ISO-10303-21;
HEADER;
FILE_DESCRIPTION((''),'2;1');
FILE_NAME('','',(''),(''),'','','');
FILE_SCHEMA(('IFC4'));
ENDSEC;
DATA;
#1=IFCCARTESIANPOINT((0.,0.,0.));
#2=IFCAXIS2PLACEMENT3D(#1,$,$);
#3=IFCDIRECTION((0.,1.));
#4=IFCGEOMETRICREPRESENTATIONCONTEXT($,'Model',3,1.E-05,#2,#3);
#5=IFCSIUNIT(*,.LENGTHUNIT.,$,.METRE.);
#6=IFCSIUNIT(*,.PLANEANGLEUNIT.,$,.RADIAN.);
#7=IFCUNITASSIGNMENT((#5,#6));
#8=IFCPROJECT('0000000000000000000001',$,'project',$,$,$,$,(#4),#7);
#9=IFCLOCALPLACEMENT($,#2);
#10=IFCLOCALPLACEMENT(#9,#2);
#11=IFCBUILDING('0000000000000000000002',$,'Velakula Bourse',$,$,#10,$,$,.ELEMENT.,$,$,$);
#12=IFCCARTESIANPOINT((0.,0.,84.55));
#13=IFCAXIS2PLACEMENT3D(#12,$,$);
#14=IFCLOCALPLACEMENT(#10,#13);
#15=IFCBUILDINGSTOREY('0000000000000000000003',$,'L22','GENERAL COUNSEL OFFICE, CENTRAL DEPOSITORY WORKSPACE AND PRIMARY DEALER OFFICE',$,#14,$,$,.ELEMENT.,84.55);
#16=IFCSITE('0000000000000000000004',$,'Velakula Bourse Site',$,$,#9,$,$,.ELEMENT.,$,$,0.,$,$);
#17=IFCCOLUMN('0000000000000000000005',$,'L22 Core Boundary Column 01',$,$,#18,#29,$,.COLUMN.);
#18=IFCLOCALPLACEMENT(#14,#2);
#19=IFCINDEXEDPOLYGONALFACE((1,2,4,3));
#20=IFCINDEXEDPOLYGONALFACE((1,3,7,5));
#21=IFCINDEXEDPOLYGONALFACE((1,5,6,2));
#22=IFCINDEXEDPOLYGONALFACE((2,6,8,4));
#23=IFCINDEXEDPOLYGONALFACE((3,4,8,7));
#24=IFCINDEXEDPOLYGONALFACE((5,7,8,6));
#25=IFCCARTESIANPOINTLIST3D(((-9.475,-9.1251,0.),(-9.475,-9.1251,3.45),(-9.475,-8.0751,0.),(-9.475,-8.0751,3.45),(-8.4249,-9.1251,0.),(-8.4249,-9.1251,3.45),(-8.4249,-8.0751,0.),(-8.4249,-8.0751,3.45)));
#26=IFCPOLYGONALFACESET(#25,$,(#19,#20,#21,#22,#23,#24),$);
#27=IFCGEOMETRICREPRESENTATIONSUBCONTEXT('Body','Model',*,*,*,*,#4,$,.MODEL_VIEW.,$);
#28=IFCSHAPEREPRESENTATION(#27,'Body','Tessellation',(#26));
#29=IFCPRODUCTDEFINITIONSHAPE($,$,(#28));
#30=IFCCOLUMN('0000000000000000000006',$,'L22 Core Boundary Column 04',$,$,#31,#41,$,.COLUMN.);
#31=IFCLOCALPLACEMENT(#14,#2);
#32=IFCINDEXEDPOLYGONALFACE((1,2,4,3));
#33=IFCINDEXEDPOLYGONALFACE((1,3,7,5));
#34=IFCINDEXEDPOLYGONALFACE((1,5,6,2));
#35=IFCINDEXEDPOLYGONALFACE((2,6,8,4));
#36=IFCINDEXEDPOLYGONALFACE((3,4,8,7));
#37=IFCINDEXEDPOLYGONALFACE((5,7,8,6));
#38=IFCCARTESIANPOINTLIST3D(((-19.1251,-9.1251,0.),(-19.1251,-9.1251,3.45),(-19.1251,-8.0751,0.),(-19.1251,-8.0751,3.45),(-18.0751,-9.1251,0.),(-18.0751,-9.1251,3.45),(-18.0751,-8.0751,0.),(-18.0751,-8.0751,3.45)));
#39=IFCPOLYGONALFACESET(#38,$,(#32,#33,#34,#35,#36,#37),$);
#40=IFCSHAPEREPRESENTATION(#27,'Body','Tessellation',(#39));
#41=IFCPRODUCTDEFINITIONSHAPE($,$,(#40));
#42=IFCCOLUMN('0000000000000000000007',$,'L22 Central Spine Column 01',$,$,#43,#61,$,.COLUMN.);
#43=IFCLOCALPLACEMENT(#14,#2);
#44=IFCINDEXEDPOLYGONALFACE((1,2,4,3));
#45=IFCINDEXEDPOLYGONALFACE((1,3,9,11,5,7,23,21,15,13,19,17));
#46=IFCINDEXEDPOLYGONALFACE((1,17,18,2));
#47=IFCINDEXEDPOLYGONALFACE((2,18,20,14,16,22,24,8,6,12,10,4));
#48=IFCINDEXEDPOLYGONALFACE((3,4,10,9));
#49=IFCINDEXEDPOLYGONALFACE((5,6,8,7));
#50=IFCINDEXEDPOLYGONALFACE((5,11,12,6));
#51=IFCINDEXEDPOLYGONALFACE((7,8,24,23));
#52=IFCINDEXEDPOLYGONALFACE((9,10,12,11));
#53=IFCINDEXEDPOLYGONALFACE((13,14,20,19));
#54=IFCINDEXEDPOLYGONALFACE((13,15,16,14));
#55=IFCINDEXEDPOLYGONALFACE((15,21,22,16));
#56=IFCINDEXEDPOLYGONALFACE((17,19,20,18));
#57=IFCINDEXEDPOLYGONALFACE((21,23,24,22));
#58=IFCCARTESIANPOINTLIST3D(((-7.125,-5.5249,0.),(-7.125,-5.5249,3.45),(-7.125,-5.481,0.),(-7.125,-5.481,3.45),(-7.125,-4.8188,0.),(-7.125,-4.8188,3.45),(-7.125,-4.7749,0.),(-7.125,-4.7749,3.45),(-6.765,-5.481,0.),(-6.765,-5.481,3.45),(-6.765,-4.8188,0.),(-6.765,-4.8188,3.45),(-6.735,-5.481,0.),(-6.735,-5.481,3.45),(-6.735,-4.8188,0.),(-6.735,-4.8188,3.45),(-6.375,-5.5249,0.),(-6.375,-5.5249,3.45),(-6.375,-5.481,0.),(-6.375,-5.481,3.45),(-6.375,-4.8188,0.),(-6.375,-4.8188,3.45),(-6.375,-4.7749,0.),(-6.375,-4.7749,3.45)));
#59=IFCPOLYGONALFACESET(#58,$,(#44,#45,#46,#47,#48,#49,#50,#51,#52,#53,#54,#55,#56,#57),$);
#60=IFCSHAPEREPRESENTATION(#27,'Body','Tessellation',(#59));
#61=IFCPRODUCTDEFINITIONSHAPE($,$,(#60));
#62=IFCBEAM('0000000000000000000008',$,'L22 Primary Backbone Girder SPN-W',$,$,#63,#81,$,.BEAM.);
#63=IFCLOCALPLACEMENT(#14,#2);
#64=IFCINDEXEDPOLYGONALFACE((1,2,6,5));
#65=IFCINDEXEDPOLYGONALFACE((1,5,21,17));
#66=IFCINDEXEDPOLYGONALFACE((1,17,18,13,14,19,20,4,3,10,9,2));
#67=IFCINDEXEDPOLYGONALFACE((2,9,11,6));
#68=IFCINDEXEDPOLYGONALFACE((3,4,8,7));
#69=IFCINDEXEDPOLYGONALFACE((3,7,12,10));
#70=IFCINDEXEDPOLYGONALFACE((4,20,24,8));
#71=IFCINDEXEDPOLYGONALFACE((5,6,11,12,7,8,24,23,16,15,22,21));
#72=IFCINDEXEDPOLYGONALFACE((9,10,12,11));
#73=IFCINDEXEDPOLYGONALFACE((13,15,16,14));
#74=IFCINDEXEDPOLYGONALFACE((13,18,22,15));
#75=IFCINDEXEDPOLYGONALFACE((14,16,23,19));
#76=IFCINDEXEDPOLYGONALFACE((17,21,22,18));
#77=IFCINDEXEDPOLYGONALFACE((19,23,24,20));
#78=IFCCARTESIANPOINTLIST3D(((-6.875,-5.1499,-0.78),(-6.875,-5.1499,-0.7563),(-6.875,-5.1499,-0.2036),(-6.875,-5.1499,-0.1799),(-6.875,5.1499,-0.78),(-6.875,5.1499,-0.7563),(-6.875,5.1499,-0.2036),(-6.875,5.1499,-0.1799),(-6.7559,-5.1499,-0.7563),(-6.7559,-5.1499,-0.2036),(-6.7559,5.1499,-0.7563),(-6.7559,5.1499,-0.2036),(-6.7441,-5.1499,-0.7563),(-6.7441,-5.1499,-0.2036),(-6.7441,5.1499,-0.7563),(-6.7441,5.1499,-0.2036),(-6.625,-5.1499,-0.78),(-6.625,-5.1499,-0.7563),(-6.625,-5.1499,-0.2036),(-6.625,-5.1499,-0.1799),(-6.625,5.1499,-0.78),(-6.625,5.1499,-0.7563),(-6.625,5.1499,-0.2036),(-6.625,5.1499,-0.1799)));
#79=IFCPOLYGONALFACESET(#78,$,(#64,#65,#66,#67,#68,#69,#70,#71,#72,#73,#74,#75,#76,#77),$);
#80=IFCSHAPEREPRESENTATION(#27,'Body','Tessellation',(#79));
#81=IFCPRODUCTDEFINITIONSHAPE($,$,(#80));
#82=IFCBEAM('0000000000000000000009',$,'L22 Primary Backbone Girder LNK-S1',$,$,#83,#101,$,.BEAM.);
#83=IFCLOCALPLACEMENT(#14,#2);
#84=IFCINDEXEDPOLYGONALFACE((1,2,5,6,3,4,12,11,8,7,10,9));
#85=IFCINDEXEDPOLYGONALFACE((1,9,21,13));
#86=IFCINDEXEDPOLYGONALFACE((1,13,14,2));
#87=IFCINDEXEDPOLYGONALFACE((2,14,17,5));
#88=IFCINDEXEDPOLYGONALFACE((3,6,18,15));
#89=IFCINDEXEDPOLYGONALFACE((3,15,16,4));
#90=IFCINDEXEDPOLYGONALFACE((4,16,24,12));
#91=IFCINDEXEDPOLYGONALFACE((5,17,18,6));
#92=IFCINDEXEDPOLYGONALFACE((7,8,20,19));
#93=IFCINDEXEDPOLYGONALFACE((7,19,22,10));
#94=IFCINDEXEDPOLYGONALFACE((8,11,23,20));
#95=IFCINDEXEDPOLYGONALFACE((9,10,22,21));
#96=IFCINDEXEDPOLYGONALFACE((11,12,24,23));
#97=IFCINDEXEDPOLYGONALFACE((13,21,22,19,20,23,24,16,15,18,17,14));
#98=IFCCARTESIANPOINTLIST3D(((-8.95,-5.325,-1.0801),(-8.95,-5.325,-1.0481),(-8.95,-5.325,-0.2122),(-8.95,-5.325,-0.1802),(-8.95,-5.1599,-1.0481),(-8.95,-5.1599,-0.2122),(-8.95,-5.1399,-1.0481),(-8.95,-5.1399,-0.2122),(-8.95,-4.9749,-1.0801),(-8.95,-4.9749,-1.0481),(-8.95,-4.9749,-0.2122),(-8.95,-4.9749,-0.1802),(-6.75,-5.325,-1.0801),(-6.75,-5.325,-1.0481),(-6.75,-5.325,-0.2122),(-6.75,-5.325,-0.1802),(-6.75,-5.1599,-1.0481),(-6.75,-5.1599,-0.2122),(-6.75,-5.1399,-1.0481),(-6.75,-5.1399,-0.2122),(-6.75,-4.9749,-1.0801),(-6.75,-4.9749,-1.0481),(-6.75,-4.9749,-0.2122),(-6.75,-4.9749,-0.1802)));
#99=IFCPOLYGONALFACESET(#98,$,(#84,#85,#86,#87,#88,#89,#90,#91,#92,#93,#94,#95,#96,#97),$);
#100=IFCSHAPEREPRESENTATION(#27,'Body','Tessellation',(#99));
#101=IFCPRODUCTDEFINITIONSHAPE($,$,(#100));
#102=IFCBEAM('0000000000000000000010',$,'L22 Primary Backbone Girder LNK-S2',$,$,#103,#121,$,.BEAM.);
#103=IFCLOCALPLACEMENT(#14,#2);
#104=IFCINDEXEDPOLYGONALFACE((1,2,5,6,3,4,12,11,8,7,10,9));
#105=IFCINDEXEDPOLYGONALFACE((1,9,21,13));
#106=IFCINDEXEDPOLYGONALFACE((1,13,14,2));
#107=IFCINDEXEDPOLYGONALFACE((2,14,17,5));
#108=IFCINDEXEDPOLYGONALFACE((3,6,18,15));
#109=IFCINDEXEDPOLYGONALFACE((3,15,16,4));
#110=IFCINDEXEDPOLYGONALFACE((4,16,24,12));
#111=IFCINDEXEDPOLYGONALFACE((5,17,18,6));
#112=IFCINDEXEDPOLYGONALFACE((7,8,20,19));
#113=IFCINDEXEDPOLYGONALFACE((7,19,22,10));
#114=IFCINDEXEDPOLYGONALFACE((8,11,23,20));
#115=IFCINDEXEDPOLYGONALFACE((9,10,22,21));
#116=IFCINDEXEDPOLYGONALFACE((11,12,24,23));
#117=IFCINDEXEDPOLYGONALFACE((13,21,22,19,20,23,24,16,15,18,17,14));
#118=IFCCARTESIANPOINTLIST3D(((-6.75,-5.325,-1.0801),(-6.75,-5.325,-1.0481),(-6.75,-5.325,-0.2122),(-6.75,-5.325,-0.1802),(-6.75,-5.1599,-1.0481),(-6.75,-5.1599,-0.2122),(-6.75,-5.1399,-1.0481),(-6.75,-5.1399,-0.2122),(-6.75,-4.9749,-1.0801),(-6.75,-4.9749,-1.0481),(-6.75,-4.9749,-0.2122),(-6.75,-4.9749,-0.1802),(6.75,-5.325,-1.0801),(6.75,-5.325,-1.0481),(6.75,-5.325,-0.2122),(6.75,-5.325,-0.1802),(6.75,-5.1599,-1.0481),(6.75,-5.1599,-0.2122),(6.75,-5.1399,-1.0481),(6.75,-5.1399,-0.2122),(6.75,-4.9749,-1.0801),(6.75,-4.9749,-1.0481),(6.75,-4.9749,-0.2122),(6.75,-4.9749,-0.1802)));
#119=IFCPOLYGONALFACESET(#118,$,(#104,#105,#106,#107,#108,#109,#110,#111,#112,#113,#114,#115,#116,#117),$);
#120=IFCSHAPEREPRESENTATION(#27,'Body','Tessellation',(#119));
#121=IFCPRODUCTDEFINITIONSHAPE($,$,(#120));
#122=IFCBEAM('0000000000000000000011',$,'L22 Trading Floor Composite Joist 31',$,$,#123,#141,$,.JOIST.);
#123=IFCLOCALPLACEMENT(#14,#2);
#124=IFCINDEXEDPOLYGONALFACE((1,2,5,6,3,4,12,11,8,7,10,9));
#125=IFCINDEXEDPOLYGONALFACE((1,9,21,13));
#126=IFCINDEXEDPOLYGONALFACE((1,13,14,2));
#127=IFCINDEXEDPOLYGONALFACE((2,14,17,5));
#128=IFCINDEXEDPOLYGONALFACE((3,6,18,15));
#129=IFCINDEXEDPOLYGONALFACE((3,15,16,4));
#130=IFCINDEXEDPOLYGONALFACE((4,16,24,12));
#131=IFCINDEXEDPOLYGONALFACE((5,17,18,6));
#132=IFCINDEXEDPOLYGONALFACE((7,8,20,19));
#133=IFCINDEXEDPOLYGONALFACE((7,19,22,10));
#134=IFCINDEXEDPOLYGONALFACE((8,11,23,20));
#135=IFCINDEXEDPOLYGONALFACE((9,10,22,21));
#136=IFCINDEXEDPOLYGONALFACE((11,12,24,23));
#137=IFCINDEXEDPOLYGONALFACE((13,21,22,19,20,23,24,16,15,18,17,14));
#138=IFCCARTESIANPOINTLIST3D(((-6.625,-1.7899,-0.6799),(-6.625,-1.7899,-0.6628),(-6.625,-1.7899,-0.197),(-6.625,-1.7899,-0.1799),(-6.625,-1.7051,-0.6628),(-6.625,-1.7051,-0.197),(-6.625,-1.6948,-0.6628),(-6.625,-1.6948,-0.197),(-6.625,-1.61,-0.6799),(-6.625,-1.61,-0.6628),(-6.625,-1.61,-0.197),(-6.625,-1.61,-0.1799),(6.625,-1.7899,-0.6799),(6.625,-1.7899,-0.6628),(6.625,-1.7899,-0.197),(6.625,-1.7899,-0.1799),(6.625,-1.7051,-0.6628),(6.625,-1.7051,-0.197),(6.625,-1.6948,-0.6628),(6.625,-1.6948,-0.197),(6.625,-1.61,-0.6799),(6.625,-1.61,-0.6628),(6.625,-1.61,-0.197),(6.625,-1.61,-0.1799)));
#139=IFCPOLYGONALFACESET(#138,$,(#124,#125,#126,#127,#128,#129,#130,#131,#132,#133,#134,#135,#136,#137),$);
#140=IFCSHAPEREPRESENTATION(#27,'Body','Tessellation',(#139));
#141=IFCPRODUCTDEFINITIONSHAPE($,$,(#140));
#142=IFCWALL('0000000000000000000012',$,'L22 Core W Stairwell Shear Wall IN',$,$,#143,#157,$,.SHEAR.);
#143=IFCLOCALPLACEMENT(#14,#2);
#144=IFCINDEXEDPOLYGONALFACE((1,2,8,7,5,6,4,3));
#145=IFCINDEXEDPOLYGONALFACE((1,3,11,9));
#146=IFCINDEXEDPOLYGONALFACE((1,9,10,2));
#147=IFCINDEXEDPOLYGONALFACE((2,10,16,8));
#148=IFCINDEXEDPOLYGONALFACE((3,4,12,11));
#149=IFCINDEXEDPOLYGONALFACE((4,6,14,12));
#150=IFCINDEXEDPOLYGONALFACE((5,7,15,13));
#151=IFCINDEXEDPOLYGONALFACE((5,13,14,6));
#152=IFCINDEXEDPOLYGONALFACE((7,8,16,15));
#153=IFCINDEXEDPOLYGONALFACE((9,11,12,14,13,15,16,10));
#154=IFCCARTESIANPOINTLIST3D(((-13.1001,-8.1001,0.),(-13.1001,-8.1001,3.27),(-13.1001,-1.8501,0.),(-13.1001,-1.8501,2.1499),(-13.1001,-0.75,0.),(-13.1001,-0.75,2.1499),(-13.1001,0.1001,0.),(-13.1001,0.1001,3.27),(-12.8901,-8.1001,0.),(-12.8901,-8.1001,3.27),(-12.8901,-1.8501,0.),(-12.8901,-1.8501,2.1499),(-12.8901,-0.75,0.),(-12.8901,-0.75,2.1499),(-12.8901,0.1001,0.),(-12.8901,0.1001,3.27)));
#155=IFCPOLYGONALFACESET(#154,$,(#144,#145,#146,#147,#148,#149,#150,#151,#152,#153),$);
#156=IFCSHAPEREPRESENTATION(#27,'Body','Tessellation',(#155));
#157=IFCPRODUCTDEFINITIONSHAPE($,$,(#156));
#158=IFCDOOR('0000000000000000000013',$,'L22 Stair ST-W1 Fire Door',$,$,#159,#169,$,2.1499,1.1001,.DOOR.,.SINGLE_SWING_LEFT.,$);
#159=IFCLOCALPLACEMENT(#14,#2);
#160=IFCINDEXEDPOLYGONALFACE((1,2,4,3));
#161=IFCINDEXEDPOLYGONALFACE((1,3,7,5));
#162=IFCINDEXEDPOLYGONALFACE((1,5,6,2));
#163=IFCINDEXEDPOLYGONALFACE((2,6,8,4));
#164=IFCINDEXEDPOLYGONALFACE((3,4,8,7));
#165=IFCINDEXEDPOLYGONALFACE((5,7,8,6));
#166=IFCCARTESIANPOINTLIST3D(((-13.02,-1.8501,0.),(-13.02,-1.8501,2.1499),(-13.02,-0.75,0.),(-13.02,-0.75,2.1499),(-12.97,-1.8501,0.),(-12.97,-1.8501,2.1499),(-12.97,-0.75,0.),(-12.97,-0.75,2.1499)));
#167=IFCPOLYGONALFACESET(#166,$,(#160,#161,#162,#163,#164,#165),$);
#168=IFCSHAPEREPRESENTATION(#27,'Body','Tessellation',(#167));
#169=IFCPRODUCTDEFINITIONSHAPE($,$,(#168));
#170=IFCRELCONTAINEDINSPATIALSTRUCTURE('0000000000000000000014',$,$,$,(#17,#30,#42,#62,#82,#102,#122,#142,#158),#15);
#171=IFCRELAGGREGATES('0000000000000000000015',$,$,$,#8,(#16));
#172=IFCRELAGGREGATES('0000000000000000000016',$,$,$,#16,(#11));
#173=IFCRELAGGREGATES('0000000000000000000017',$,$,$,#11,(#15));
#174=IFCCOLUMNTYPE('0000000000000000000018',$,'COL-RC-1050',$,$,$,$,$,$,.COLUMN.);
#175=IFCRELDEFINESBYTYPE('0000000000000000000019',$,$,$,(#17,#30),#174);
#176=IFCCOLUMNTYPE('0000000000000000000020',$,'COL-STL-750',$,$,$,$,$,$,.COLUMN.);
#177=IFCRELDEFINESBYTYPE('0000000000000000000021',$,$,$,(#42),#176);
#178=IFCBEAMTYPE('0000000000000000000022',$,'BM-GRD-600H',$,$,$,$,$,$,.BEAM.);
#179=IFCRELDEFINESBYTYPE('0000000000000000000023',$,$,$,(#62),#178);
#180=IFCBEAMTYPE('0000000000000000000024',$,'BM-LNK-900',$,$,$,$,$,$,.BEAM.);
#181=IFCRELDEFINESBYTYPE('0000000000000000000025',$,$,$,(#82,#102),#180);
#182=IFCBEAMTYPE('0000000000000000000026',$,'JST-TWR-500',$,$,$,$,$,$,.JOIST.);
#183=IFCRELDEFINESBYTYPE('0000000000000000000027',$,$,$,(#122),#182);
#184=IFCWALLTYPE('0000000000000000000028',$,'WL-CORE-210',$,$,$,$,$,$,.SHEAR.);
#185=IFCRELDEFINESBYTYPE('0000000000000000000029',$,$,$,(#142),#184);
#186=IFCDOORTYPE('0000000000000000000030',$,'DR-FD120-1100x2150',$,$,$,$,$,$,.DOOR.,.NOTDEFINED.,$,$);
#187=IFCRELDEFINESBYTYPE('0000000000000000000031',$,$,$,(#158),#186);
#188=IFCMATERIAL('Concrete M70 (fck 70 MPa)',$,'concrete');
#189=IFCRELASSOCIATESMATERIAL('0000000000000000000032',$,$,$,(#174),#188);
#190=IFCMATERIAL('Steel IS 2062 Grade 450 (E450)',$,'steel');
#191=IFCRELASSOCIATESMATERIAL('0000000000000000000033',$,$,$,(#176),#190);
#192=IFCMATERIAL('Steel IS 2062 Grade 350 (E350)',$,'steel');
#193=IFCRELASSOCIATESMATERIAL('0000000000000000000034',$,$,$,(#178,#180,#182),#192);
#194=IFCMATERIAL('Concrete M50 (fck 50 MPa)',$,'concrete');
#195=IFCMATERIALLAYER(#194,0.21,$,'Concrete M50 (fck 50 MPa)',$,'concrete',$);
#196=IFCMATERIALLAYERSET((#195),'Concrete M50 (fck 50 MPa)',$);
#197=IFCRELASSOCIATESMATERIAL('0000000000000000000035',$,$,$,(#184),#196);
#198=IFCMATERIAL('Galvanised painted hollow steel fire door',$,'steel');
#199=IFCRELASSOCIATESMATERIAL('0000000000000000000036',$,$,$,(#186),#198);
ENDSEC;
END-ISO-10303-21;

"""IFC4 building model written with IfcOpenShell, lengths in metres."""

from ifc_helpers import new_model, si_unit, direction, frame, frame_2d, origin, origin_2d, place, context, subcontext, project, spatial, rectangle, i_section, extrude, material, layer, layer_set, material_profile, profile_set, type_object, element, fill, save


model = new_model("IFC4")

# Units and contexts
model_context = context("Model", 3, precision=1e-05, world=origin(), true_north=direction((0.0, 1.0)))
body_context = subcontext(model_context, "Body", "Model", "MODEL_VIEW")
ifc_project = project(units=[si_unit("LENGTHUNIT", "METRE"), si_unit("PLANEANGLEUNIT", "RADIAN")], contexts=[model_context])

# Site, building, storey
site_placement = place(None, origin())
site = spatial("IfcSite", under=ifc_project, at=site_placement, Name="Velakula Bourse Site", CompositionType="ELEMENT", RefElevation=0.0)
building_placement = place(site_placement, origin())
building = spatial("IfcBuilding", under=site, at=building_placement, Name="Velakula Bourse", CompositionType="ELEMENT")
storey_placement = place(building_placement, frame((0.0, 0.0, 84.55)))
storey = spatial("IfcBuildingStorey", under=building, at=storey_placement, Name="L22", Description="GENERAL COUNSEL OFFICE, CENTRAL DEPOSITORY WORKSPACE AND PRIMARY DEALER OFFICE", CompositionType="ELEMENT", Elevation=84.55)

# Columns
ifc_material_1 = material(Name="Concrete M70 (fck 70 MPa)", Category="concrete")
ifc_material_profile_1 = material_profile(ifc_material_1, rectangle(XDim=1.05, YDim=1.05, at=origin_2d()), Name="Concrete M70 (fck 70 MPa)")
ifc_profile_set_1 = profile_set([ifc_material_profile_1], Name="Concrete M70 (fck 70 MPa)")
column_type_1 = type_object("IfcColumnType", Name="COL-RC-1050", PredefinedType="COLUMN", material=ifc_profile_set_1)
for number, where, z_axis, x_axis, name in (
    (1, (-8.95, -8.6001, 0.0), (0.0, 0.0, 1.0), (1.0, 0.0, 0.0), "L22 Core Boundary Column 01"),
    (2, (-18.6001, -8.6001, 0.0), (0.0, 0.0, 1.0), (1.0, 0.0, 0.0), "L22 Core Boundary Column 04"),
):
    element("IfcColumn", number, at=place(storey_placement, frame(where, z_axis=z_axis, x_axis=x_axis)), inside=storey, type_object=column_type_1, Name=name, PredefinedType="COLUMN", context=body_context, shape_type="SweptSolid", body=[
        extrude(rectangle(XDim=1.05, YDim=1.05, at=origin_2d()), origin(), (0.0, 0.0, 1.0), 3.45),
    ])
ifc_material_2 = material(Name="Steel IS 2062 Grade 450 (E450)", Category="steel")
ifc_material_profile_2 = material_profile(ifc_material_2, i_section(OverallWidth=0.75, OverallDepth=0.75, WebThickness=0.03, FlangeThickness=0.0439, at=origin_2d()), Name="Steel IS 2062 Grade 450 (E450)")
ifc_profile_set_2 = profile_set([ifc_material_profile_2], Name="Steel IS 2062 Grade 450 (E450)")
column_type_2 = type_object("IfcColumnType", Name="COL-STL-750", PredefinedType="COLUMN", material=ifc_profile_set_2)
column_placement = place(storey_placement, frame((-6.75, -5.1499, 0.0), z_axis=(0.0, 0.0, 1.0), x_axis=(1.0, 0.0, 0.0)))
element("IfcColumn", 3, at=column_placement, inside=storey, type_object=column_type_2, Name="L22 Central Spine Column 01", PredefinedType="COLUMN", context=body_context, shape_type="SweptSolid", body=[
    extrude(i_section(OverallWidth=0.75, OverallDepth=0.75, WebThickness=0.03, FlangeThickness=0.0439, at=origin_2d()), origin(), (0.0, 0.0, 1.0), 3.45),
])

# Beams
ifc_material_3 = material(Name="Steel IS 2062 Grade 350 (E350)", Category="steel")
ifc_material_profile_3 = material_profile(ifc_material_3, i_section(OverallWidth=0.25, OverallDepth=0.6001, WebThickness=0.0117, FlangeThickness=0.0237, at=origin_2d()), Name="Steel IS 2062 Grade 350 (E350)")
ifc_profile_set_3 = profile_set([ifc_material_profile_3], Name="Steel IS 2062 Grade 350 (E350)")
beam_type_1 = type_object("IfcBeamType", Name="BM-GRD-600H", PredefinedType="BEAM", material=ifc_profile_set_3)
beam_1_placement = place(storey_placement, frame((-6.75, -5.1499, -0.48), z_axis=(0.0, 1.0, 0.0), x_axis=(-1.0, 0.0, 0.0)))
element("IfcBeam", 4, at=beam_1_placement, inside=storey, type_object=beam_type_1, Name="L22 Primary Backbone Girder SPN-W", PredefinedType="BEAM", context=body_context, shape_type="SweptSolid", body=[
    extrude(i_section(OverallWidth=0.25, OverallDepth=0.6001, WebThickness=0.0117, FlangeThickness=0.0237, at=origin_2d()), origin(), (0.0, 0.0, 1.0), 10.2998),
])
ifc_material_profile_4 = material_profile(ifc_material_3, i_section(OverallWidth=0.3501, OverallDepth=0.8999, WebThickness=0.02, FlangeThickness=0.032, at=origin_2d()), Name="Steel IS 2062 Grade 350 (E350)")
ifc_profile_set_4 = profile_set([ifc_material_profile_4], Name="Steel IS 2062 Grade 350 (E350)")
beam_type_2 = type_object("IfcBeamType", Name="BM-LNK-900", PredefinedType="BEAM", material=ifc_profile_set_4)
beam_2_placement = place(storey_placement, frame((-8.95, -5.1499, -0.6301), z_axis=(1.0, 0.0, 0.0), x_axis=(0.0, 1.0, 0.0)))
element("IfcBeam", 5, at=beam_2_placement, inside=storey, type_object=beam_type_2, Name="L22 Primary Backbone Girder LNK-S1", PredefinedType="BEAM", context=body_context, shape_type="SweptSolid", body=[
    extrude(i_section(OverallWidth=0.3501, OverallDepth=0.8999, WebThickness=0.02, FlangeThickness=0.032, at=origin_2d()), origin(), (0.0, 0.0, 1.0), 2.2),
])
beam_3_placement = place(storey_placement, frame((-6.75, -5.1499, -0.6301), z_axis=(1.0, 0.0, 0.0), x_axis=(0.0, 1.0, 0.0)))
element("IfcBeam", 6, at=beam_3_placement, inside=storey, type_object=beam_type_2, Name="L22 Primary Backbone Girder LNK-S2", PredefinedType="BEAM", context=body_context, shape_type="SweptSolid", body=[
    extrude(i_section(OverallWidth=0.3501, OverallDepth=0.8999, WebThickness=0.02, FlangeThickness=0.032, at=origin_2d()), origin(), (0.0, 0.0, 1.0), 13.5),
])
ifc_material_profile_5 = material_profile(ifc_material_3, i_section(OverallWidth=0.1799, OverallDepth=0.5, WebThickness=0.0103, FlangeThickness=0.0171, at=origin_2d()), Name="Steel IS 2062 Grade 350 (E350)")
ifc_profile_set_5 = profile_set([ifc_material_profile_5], Name="Steel IS 2062 Grade 350 (E350)")
beam_type_3 = type_object("IfcBeamType", Name="JST-TWR-500", PredefinedType="JOIST", material=ifc_profile_set_5)
beam_4_placement = place(storey_placement, frame((-6.625, -1.7, -0.4299), z_axis=(1.0, 0.0, 0.0), x_axis=(0.0, 1.0, 0.0)))
element("IfcBeam", 7, at=beam_4_placement, inside=storey, type_object=beam_type_3, Name="L22 Trading Floor Composite Joist 31", PredefinedType="JOIST", context=body_context, shape_type="SweptSolid", body=[
    extrude(i_section(OverallWidth=0.1799, OverallDepth=0.5, WebThickness=0.0103, FlangeThickness=0.0171, at=origin_2d()), origin(), (0.0, 0.0, 1.0), 13.25),
])

# Wall, opening, door
ifc_material_4 = material(Name="Concrete M50 (fck 50 MPa)", Category="concrete")
ifc_layer_1 = layer(ifc_material_4, 0.21, Name="Concrete M50 (fck 50 MPa)", Category="concrete")
ifc_layer_set_1 = layer_set([ifc_layer_1], Name="Concrete M50 (fck 50 MPa)")
wall_type_1 = type_object("IfcWallType", Name="WL-CORE-210", PredefinedType="SHEAR", material=ifc_layer_set_1)
wall_1_placement = place(storey_placement, frame((-12.9951, -8.1001, 0.0), z_axis=(0.0, 0.0, 1.0), x_axis=(0.0, 1.0, 0.0)))
wall_1 = element("IfcWall", 8, at=wall_1_placement, inside=storey, type_object=wall_type_1, Name="L22 Core W Stairwell Shear Wall IN", PredefinedType="SHEAR", context=body_context, shape_type="SweptSolid", body=[
    extrude(rectangle(XDim=8.2002, YDim=0.21, at=frame_2d((4.1001, 0.0))), origin(), (0.0, 0.0, 1.0), 3.27),
])
opening_1_placement = place(wall_1_placement, frame((6.25, 0.0, 0.0)))
opening_1 = element("IfcOpeningElement", 9, at=opening_1_placement, cuts=wall_1, PredefinedType="OPENING", context=body_context, shape_type="SweptSolid", body=[
    extrude(rectangle(XDim=1.1001, YDim=2.1499, at=frame_2d((0.55, 1.075))), frame((0.0, 0.115, 0.0), z_axis=(0.0, -1.0, 0.0), x_axis=(1.0, 0.0, 0.0)), (0.0, 0.0, 1.0), 0.23),
])
ifc_material_5 = material(Name="Galvanised painted hollow steel fire door", Category="steel")
door_type_1 = type_object("IfcDoorType", Name="DR-FD120-1100x2150", OperationType="NOTDEFINED", PredefinedType="DOOR", material=ifc_material_5)
door_1_placement = place(opening_1_placement, origin())
door_1 = element("IfcDoor", 10, at=door_1_placement, inside=storey, type_object=door_type_1, Name="L22 Stair ST-W1 Fire Door", OperationType="SINGLE_SWING_LEFT", OverallHeight=2.1499, OverallWidth=1.1001, PredefinedType="DOOR", context=body_context, shape_type="SweptSolid", body=[
    extrude(rectangle(XDim=1.1001, YDim=2.1499, at=frame_2d((0.55, 1.075))), frame((0.0, 0.0249, 0.0), z_axis=(0.0, -1.0, 0.0), x_axis=(1.0, 0.0, 0.0)), (0.0, 0.0, 1.0), 0.05),
])
fill(opening_1, door_1)

save(model, "model.ifc")
